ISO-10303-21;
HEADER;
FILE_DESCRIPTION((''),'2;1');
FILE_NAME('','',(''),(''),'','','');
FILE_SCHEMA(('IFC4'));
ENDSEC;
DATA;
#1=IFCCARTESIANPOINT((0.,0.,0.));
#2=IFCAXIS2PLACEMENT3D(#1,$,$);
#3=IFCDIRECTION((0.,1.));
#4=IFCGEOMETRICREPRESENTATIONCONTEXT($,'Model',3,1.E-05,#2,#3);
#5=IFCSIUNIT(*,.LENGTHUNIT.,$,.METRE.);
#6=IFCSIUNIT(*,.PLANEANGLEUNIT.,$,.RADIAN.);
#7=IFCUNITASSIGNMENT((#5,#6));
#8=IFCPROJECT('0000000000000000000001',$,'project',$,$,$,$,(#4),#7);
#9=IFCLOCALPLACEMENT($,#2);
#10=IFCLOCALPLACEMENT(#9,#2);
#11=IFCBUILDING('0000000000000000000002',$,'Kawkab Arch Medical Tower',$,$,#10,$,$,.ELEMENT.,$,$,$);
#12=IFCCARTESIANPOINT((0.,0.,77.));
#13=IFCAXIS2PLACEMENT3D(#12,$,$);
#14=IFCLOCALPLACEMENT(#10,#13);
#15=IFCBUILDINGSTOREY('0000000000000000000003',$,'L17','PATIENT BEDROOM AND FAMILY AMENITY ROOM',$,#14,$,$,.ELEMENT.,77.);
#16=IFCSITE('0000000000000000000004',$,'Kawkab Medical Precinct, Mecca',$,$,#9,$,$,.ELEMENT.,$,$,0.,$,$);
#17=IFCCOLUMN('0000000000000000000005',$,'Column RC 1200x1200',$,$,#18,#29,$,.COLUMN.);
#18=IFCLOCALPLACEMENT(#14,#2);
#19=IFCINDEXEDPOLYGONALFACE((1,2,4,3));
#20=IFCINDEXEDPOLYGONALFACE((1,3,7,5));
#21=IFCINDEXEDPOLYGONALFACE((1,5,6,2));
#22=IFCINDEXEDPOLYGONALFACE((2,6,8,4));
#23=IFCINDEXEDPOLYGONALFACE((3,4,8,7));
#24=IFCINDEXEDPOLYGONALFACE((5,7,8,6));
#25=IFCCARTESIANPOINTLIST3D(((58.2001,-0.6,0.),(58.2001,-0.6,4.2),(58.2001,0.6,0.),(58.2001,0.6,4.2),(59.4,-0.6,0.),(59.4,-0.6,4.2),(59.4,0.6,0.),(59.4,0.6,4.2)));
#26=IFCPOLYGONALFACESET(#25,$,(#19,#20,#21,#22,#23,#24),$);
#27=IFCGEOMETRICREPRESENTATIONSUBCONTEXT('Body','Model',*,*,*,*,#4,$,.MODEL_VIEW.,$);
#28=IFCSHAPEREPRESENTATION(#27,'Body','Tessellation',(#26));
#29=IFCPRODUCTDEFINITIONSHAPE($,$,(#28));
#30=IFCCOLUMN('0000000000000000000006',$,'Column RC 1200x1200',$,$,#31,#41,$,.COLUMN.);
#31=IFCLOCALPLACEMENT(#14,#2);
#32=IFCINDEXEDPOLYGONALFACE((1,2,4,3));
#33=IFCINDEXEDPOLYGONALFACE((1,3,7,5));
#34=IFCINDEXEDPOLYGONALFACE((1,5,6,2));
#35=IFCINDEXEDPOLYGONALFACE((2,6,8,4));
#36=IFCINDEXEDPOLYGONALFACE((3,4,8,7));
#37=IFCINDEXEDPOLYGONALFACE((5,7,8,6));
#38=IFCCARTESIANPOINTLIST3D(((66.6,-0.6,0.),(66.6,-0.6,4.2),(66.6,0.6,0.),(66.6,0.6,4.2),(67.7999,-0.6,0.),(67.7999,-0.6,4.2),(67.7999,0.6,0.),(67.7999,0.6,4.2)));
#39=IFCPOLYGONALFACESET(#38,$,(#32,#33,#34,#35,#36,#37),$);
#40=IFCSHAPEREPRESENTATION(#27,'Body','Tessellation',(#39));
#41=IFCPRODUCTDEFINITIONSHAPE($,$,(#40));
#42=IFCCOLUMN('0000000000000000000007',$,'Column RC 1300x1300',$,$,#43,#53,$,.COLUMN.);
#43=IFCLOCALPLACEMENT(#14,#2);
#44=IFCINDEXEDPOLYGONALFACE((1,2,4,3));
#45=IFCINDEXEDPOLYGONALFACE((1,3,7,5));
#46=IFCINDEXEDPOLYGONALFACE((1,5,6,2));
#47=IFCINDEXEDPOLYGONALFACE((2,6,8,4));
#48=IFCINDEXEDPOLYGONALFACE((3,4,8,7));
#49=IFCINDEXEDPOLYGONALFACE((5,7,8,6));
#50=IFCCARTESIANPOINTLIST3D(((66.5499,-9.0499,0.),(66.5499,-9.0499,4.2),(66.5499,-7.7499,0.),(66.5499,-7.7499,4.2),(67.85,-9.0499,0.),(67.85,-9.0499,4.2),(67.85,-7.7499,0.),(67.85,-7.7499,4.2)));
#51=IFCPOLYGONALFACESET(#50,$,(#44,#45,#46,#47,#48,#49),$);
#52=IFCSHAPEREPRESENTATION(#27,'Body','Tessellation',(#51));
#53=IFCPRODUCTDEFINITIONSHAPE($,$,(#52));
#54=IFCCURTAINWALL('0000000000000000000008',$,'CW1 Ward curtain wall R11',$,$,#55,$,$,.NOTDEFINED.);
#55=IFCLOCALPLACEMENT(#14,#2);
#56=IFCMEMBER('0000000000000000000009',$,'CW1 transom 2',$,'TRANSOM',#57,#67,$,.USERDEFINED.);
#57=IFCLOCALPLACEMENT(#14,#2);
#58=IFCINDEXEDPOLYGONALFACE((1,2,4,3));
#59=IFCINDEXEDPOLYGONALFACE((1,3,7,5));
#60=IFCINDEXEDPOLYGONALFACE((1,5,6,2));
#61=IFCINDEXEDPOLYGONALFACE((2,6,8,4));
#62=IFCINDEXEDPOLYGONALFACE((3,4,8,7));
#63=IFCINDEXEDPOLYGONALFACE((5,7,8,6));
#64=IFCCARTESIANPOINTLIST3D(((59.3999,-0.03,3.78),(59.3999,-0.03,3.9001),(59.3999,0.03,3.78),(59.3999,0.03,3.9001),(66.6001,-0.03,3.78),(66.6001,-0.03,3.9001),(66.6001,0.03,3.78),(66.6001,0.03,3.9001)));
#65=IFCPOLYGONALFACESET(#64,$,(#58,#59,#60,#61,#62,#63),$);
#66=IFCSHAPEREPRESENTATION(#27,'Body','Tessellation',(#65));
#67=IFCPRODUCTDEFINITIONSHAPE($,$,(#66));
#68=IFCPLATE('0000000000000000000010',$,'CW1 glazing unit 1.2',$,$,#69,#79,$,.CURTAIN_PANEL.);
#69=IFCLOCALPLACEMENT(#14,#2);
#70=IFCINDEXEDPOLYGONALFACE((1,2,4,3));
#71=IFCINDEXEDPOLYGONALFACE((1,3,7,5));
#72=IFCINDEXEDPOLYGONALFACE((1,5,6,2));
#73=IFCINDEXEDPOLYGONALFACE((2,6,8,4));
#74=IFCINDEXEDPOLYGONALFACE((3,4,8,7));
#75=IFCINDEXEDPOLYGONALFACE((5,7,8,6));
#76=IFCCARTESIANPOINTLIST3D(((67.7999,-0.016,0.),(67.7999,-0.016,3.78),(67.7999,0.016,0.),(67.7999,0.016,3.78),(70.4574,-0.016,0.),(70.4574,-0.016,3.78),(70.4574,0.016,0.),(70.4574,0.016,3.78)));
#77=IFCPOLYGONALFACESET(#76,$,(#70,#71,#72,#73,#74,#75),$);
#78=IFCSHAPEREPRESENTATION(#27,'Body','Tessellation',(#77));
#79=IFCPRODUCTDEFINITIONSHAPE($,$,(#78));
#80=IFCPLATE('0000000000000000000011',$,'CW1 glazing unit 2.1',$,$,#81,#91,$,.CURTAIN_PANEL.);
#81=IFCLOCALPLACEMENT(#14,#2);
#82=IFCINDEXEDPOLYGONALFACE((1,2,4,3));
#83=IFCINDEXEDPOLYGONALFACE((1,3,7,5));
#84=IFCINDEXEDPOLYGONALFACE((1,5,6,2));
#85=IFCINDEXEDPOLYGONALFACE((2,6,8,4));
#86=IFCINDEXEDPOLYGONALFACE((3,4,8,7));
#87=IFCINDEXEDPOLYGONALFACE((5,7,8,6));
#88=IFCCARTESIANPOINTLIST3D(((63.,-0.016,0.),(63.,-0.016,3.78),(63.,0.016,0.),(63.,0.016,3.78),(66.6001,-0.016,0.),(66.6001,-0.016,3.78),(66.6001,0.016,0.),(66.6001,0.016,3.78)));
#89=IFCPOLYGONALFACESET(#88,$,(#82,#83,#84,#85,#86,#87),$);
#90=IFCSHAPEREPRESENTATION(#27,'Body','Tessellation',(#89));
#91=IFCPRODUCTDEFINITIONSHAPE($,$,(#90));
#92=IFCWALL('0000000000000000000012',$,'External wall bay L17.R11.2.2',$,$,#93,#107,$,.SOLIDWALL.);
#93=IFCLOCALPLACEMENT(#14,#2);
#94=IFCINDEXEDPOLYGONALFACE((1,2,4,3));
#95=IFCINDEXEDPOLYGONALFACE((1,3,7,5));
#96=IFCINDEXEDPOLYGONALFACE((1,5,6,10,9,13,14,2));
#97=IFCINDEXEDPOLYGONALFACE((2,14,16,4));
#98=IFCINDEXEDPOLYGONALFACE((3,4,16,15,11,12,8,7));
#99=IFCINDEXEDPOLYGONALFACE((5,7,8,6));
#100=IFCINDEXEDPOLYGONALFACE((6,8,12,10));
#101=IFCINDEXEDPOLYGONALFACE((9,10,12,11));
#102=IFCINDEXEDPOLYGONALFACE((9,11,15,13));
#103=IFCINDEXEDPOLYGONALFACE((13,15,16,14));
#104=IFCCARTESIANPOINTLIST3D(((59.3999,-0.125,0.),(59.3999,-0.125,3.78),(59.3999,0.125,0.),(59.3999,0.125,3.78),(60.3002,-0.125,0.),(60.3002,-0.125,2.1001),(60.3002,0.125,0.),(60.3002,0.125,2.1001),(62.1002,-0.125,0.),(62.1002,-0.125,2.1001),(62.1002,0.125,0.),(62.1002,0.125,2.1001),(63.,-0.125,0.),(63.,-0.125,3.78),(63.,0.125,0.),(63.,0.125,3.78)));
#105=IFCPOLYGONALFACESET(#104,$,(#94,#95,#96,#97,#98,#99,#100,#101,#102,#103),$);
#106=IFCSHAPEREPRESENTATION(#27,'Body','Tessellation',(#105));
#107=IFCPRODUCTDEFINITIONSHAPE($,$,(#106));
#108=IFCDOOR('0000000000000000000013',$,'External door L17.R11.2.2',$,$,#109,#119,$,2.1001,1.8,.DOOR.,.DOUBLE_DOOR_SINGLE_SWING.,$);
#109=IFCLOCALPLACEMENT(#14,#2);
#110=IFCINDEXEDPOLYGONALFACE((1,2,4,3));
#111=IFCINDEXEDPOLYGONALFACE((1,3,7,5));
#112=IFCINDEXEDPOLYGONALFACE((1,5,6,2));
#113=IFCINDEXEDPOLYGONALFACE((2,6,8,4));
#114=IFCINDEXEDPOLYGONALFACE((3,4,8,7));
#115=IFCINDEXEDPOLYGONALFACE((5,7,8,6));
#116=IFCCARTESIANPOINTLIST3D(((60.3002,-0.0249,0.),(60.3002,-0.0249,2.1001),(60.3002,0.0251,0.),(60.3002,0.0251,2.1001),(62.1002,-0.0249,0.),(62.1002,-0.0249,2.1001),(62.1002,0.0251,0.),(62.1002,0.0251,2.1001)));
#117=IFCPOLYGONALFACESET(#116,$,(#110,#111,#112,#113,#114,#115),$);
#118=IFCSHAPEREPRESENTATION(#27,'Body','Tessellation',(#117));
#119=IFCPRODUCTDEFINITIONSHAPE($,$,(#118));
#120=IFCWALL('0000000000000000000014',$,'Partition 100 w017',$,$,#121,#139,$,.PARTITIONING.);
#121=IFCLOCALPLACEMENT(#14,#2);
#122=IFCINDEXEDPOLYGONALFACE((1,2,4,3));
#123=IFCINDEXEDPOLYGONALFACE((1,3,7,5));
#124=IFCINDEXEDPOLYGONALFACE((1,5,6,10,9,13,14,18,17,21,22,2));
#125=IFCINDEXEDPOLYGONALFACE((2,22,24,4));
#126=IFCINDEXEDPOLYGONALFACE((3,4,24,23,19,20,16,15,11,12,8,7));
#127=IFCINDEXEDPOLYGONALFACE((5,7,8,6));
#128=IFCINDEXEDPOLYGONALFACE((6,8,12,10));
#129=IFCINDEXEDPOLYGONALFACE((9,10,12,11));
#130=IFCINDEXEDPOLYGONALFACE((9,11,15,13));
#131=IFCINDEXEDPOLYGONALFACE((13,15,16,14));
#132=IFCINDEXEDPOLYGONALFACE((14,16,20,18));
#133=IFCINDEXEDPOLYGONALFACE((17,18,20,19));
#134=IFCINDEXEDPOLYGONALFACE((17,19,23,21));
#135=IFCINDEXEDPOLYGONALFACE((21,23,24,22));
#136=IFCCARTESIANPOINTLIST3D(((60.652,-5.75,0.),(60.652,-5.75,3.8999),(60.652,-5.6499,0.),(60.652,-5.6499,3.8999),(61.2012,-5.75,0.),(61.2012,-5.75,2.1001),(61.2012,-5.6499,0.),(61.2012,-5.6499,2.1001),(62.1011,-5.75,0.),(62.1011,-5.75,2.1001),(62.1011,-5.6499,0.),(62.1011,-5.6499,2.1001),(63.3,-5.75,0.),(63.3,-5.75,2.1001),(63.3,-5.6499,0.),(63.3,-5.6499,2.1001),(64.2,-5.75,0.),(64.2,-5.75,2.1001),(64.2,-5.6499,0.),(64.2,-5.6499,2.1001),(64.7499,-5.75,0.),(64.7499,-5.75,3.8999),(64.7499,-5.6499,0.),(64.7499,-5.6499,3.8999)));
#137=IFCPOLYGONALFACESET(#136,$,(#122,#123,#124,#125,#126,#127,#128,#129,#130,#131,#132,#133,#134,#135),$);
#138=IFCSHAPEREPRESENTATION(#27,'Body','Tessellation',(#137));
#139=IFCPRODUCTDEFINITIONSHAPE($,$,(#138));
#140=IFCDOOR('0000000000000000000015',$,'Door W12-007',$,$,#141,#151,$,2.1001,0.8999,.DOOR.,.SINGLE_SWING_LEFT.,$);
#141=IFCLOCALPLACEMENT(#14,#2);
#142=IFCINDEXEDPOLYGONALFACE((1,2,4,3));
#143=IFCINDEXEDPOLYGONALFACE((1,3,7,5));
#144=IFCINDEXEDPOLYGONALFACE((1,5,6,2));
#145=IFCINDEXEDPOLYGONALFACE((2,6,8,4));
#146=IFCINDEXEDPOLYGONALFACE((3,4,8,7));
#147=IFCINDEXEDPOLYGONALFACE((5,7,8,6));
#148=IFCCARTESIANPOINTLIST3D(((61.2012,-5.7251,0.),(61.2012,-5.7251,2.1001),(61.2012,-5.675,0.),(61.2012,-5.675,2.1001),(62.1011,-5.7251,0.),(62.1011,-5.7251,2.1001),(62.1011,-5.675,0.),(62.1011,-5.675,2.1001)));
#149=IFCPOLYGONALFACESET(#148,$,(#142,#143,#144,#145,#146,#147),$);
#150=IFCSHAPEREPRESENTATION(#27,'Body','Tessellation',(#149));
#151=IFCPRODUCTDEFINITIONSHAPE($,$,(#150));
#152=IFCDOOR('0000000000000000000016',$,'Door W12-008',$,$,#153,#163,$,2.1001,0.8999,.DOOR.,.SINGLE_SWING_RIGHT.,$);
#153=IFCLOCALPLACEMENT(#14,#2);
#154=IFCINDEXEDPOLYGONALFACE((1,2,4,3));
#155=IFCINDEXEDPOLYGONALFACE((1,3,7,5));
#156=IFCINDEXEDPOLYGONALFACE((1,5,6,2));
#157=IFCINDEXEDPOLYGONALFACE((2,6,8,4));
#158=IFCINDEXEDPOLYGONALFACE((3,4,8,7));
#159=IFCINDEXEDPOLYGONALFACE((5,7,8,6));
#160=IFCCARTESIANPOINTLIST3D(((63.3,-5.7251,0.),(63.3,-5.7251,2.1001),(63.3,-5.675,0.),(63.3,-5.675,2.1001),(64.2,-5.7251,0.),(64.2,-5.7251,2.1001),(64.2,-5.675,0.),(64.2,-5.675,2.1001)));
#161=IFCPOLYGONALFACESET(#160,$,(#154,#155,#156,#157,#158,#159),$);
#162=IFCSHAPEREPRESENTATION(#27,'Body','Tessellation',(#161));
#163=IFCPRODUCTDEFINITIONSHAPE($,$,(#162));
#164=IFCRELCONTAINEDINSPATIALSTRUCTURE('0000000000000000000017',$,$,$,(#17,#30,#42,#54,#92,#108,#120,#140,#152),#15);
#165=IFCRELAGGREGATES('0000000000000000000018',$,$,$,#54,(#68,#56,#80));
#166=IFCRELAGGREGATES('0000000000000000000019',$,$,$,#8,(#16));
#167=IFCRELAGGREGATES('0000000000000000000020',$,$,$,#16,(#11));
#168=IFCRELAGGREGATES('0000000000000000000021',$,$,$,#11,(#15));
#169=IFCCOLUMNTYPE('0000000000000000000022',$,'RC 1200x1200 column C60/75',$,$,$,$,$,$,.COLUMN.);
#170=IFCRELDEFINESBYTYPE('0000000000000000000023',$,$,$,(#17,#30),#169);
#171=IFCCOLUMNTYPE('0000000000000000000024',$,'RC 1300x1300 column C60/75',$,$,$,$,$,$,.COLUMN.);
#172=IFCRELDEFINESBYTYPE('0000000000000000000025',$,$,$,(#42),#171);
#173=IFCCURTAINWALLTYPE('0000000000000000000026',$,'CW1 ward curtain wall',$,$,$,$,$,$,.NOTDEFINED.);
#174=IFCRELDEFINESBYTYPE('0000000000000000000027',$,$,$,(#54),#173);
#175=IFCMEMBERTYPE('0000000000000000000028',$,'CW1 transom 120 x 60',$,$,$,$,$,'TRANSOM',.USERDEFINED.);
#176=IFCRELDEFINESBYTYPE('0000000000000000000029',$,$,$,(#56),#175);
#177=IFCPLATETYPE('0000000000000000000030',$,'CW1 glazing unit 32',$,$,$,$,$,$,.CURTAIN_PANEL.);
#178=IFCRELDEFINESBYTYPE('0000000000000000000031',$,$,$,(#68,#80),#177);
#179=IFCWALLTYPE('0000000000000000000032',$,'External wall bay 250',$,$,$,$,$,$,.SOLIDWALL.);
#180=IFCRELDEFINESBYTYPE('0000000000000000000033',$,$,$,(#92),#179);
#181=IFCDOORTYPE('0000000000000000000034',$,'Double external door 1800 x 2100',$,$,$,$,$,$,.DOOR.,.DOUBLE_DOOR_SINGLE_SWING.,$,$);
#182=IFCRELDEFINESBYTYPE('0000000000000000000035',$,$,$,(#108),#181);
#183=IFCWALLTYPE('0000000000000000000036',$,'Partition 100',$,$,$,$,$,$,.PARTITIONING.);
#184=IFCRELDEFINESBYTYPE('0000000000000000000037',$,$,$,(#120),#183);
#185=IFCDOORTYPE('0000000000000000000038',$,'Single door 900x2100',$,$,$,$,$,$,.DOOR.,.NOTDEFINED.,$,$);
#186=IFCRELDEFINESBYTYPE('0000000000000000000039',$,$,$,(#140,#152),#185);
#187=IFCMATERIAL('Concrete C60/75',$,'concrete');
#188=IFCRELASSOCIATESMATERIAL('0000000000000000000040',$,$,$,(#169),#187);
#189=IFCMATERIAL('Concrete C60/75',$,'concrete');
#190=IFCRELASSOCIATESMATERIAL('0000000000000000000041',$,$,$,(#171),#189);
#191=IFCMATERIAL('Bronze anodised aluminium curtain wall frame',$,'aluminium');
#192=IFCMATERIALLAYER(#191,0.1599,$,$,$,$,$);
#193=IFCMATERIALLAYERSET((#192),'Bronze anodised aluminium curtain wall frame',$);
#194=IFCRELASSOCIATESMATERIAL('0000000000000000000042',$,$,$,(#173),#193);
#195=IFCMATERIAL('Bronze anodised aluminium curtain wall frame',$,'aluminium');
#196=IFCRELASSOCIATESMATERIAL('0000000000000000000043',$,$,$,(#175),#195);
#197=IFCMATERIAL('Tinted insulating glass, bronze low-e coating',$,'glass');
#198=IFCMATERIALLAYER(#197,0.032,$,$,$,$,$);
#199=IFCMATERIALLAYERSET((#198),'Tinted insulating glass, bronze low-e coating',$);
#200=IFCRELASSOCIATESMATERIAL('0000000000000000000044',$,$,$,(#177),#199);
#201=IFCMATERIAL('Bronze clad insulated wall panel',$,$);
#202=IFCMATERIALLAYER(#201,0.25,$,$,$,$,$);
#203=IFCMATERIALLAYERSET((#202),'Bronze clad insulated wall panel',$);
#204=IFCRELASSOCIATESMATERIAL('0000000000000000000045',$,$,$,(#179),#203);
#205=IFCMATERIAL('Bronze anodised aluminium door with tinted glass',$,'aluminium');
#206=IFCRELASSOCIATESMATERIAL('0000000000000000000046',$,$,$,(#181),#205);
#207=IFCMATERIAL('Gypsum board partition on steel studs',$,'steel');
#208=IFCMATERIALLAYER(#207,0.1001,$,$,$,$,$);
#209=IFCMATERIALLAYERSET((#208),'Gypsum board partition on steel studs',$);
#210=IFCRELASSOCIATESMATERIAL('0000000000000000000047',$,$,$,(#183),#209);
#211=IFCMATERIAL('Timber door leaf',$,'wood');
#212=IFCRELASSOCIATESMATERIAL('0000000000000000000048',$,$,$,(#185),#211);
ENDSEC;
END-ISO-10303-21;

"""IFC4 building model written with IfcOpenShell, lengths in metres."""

from ifc_helpers import new_model, si_unit, direction, frame, frame_2d, origin, origin_2d, place, context, subcontext, project, spatial, rectangle, extrude, material, layer, layer_set, material_profile, profile_set, type_object, element, fill, aggregate, save


model = new_model("IFC4")

# Units and contexts
model_context = context("Model", 3, precision=1e-05, world=origin(), true_north=direction((0.0, 1.0)))
body_context = subcontext(model_context, "Body", "Model", "MODEL_VIEW")
ifc_project = project(units=[si_unit("LENGTHUNIT", "METRE"), si_unit("PLANEANGLEUNIT", "RADIAN")], contexts=[model_context])

# Site, building, storey
site_placement = place(None, origin())
site = spatial("IfcSite", under=ifc_project, at=site_placement, Name="Kawkab Medical Precinct, Mecca", CompositionType="ELEMENT", RefElevation=0.0)
building_placement = place(site_placement, origin())
building = spatial("IfcBuilding", under=site, at=building_placement, Name="Kawkab Arch Medical Tower", CompositionType="ELEMENT")
storey_placement = place(building_placement, frame((0.0, 0.0, 77.0)))
storey = spatial("IfcBuildingStorey", under=building, at=storey_placement, Name="L17", Description="PATIENT BEDROOM AND FAMILY AMENITY ROOM", CompositionType="ELEMENT", Elevation=77.0)

# Columns
ifc_material_1 = material(Name="Concrete C60/75", Category="concrete")
ifc_material_profile_1 = material_profile(ifc_material_1, rectangle(XDim=1.2, YDim=1.2, at=origin_2d()), Name="RC 1200x1200")
ifc_profile_set_1 = profile_set([ifc_material_profile_1], Name="Concrete C60/75")
column_type_1 = type_object("IfcColumnType", Name="RC 1200x1200 column C60/75", PredefinedType="COLUMN", material=ifc_profile_set_1)
for number, where, z_axis, x_axis, name in (
    (1, (58.8, 0.0, 0.0), (0.0, 0.0, 1.0), (1.0, 0.0, 0.0), "Column RC 1200x1200"),
    (2, (67.2, 0.0, 0.0), (0.0, 0.0, 1.0), (1.0, 0.0, 0.0), "Column RC 1200x1200"),
):
    element("IfcColumn", number, at=place(storey_placement, frame(where, z_axis=z_axis, x_axis=x_axis)), inside=storey, type_object=column_type_1, Name=name, PredefinedType="COLUMN", context=body_context, shape_type="SweptSolid", body=[
        extrude(rectangle(XDim=1.2, YDim=1.2, at=origin_2d()), origin(), (0.0, 0.0, 1.0), 4.2),
    ])
ifc_material_2 = material(Name="Concrete C60/75", Category="concrete")
ifc_material_profile_2 = material_profile(ifc_material_2, rectangle(XDim=1.3, YDim=1.3, at=origin_2d()), Name="RC 1300x1300")
ifc_profile_set_2 = profile_set([ifc_material_profile_2], Name="Concrete C60/75")
column_type_2 = type_object("IfcColumnType", Name="RC 1300x1300 column C60/75", PredefinedType="COLUMN", material=ifc_profile_set_2)
column_placement = place(storey_placement, frame((67.2, -8.3999, 0.0), z_axis=(0.0, 0.0, 1.0), x_axis=(1.0, 0.0, 0.0)))
element("IfcColumn", 3, at=column_placement, inside=storey, type_object=column_type_2, Name="Column RC 1300x1300", PredefinedType="COLUMN", context=body_context, shape_type="SweptSolid", body=[
    extrude(rectangle(XDim=1.3, YDim=1.3, at=origin_2d()), origin(), (0.0, 0.0, 1.0), 4.2),
])

# Curtain wall, member, plates
ifc_material_3 = material(Name="Bronze anodised aluminium curtain wall frame", Category="aluminium")
ifc_layer_1 = layer(ifc_material_3, 0.1599)
ifc_layer_set_1 = layer_set([ifc_layer_1], Name="Bronze anodised aluminium curtain wall frame")
curtain_wall_type = type_object("IfcCurtainWallType", Name="CW1 ward curtain wall", PredefinedType="NOTDEFINED", material=ifc_layer_set_1)
curtain_wall_placement = place(storey_placement, origin())
curtain_wall = element("IfcCurtainWall", 4, at=curtain_wall_placement, inside=storey, type_object=curtain_wall_type, Name="CW1 Ward curtain wall R11", PredefinedType="NOTDEFINED")
ifc_material_4 = material(Name="Bronze anodised aluminium curtain wall frame", Category="aluminium")
ifc_material_profile_3 = material_profile(ifc_material_4, rectangle(XDim=0.0601, YDim=0.1201, at=origin_2d()), Name="AL 60x120")
ifc_profile_set_3 = profile_set([ifc_material_profile_3], Name="Bronze anodised aluminium curtain wall frame")
member_type = type_object("IfcMemberType", Name="CW1 transom 120 x 60", ElementType="TRANSOM", PredefinedType="USERDEFINED", material=ifc_profile_set_3)
member_placement = place(storey_placement, frame((66.6001, 0.0, 3.8401), z_axis=(-1.0, 0.0, 0.0), x_axis=(0.0, -1.0, 0.0)))
member = element("IfcMember", 5, at=member_placement, type_object=member_type, Name="CW1 transom 2", ObjectType="TRANSOM", PredefinedType="USERDEFINED", context=body_context, shape_type="SweptSolid", body=[
    extrude(rectangle(XDim=0.0601, YDim=0.1201, at=origin_2d()), origin(), (0.0, 0.0, 1.0), 7.2002),
])
ifc_material_5 = material(Name="Tinted insulating glass, bronze low-e coating", Category="glass")
ifc_layer_2 = layer(ifc_material_5, 0.032)
ifc_layer_set_2 = layer_set([ifc_layer_2], Name="Tinted insulating glass, bronze low-e coating")
plate_type = type_object("IfcPlateType", Name="CW1 glazing unit 32", PredefinedType="CURTAIN_PANEL", material=ifc_layer_set_2)
plate_1_placement = place(storey_placement, frame((69.1287, 0.0, 0.0), z_axis=(0.0, 0.0, 1.0), x_axis=(-1.0, 0.0, 0.0)))
plate_1 = element("IfcPlate", 6, at=plate_1_placement, type_object=plate_type, Name="CW1 glazing unit 1.2", PredefinedType="CURTAIN_PANEL", context=body_context, shape_type="SweptSolid", body=[
    extrude(rectangle(XDim=2.6575, YDim=0.032, at=origin_2d()), origin(), (0.0, 0.0, 1.0), 3.78),
])
plate_2_placement = place(storey_placement, frame((64.8, 0.0, 0.0), z_axis=(0.0, 0.0, 1.0), x_axis=(-1.0, 0.0, 0.0)))
plate_2 = element("IfcPlate", 7, at=plate_2_placement, type_object=plate_type, Name="CW1 glazing unit 2.1", PredefinedType="CURTAIN_PANEL", context=body_context, shape_type="SweptSolid", body=[
    extrude(rectangle(XDim=3.6001, YDim=0.032, at=origin_2d()), origin(), (0.0, 0.0, 1.0), 3.78),
])
aggregate(curtain_wall, [plate_1, member, plate_2])

# Wall, opening, door
ifc_material_6 = material(Name="Bronze clad insulated wall panel")
ifc_layer_3 = layer(ifc_material_6, 0.25)
ifc_layer_set_3 = layer_set([ifc_layer_3], Name="Bronze clad insulated wall panel")
wall_type_1 = type_object("IfcWallType", Name="External wall bay 250", PredefinedType="SOLIDWALL", material=ifc_layer_set_3)
wall_1_placement = place(storey_placement, frame((63.0, 0.0, 0.0), z_axis=(0.0, 0.0, 1.0), x_axis=(-1.0, 0.0, 0.0)))
wall_1 = element("IfcWall", 8, at=wall_1_placement, inside=storey, type_object=wall_type_1, Name="External wall bay L17.R11.2.2", PredefinedType="SOLIDWALL", context=body_context, shape_type="SweptSolid", body=[
    extrude(rectangle(XDim=3.6001, YDim=0.25, at=frame_2d((1.8, 0.0))), origin(), (0.0, 0.0, 1.0), 3.78),
])
opening_1_placement = place(wall_1_placement, frame((0.8999, 0.0, 0.0)))
opening_1 = element("IfcOpeningElement", 9, at=opening_1_placement, cuts=wall_1, PredefinedType="OPENING", context=body_context, shape_type="SweptSolid", body=[
    extrude(rectangle(XDim=1.8, YDim=2.1001, at=frame_2d((0.8999, 1.05))), frame((0.0, 0.135, 0.0), z_axis=(0.0, -1.0, 0.0), x_axis=(1.0, 0.0, 0.0)), (0.0, 0.0, 1.0), 0.27),
])
ifc_material_7 = material(Name="Bronze anodised aluminium door with tinted glass", Category="aluminium")
door_type_1 = type_object("IfcDoorType", Name="Double external door 1800 x 2100", OperationType="DOUBLE_DOOR_SINGLE_SWING", PredefinedType="DOOR", material=ifc_material_7)
door_1_placement = place(opening_1_placement, origin())
door_1 = element("IfcDoor", 10, at=door_1_placement, inside=storey, type_object=door_type_1, Name="External door L17.R11.2.2", OperationType="DOUBLE_DOOR_SINGLE_SWING", OverallHeight=2.1001, OverallWidth=1.8, PredefinedType="DOOR", context=body_context, shape_type="SweptSolid", body=[
    extrude(rectangle(XDim=1.8, YDim=2.1001, at=frame_2d((0.8999, 1.05))), frame((0.0, 0.0249, 0.0), z_axis=(0.0, -1.0, 0.0), x_axis=(1.0, 0.0, 0.0)), (0.0, 0.0, 1.0), 0.05),
])
fill(opening_1, door_1)

# Wall, openings, doors
ifc_material_8 = material(Name="Gypsum board partition on steel studs", Category="steel")
ifc_layer_4 = layer(ifc_material_8, 0.1001)
ifc_layer_set_4 = layer_set([ifc_layer_4], Name="Gypsum board partition on steel studs")
wall_type_2 = type_object("IfcWallType", Name="Partition 100", PredefinedType="PARTITIONING", material=ifc_layer_set_4)
wall_2_placement = place(storey_placement, frame((60.6521, -5.7, 0.0), z_axis=(0.0, 0.0, 1.0), x_axis=(1.0, 0.0, 0.0)))
wall_2 = element("IfcWall", 11, at=wall_2_placement, inside=storey, type_object=wall_type_2, Name="Partition 100 w017", PredefinedType="PARTITIONING", context=body_context, shape_type="SweptSolid", body=[
    extrude(rectangle(XDim=4.0979, YDim=0.1001, at=frame_2d((2.0488, 0.0))), origin(), (0.0, 0.0, 1.0), 3.8999),
])
opening_2_placement = place(wall_2_placement, frame((0.5491, 0.0, 0.0)))
opening_2 = element("IfcOpeningElement", 12, at=opening_2_placement, cuts=wall_2, PredefinedType="OPENING", context=body_context, shape_type="SweptSolid", body=[
    extrude(rectangle(XDim=0.8999, YDim=2.1001, at=frame_2d((0.45, 1.05))), frame((0.0, 0.0601, 0.0), z_axis=(0.0, -1.0, 0.0), x_axis=(1.0, 0.0, 0.0)), (0.0, 0.0, 1.0), 0.1201),
])
opening_3_placement = place(wall_2_placement, frame((2.6479, 0.0, 0.0)))
opening_3 = element("IfcOpeningElement", 13, at=opening_3_placement, cuts=wall_2, PredefinedType="OPENING", context=body_context, shape_type="SweptSolid", body=[
    extrude(rectangle(XDim=0.8999, YDim=2.1001, at=frame_2d((0.45, 1.05))), frame((0.0, 0.0601, 0.0), z_axis=(0.0, -1.0, 0.0), x_axis=(1.0, 0.0, 0.0)), (0.0, 0.0, 1.0), 0.1201),
])
ifc_material_9 = material(Name="Timber door leaf", Category="wood")
door_type_2 = type_object("IfcDoorType", Name="Single door 900x2100", OperationType="NOTDEFINED", PredefinedType="DOOR", material=ifc_material_9)
door_2_placement = place(opening_2_placement, origin())
door_2 = element("IfcDoor", 14, at=door_2_placement, inside=storey, type_object=door_type_2, Name="Door W12-007", OperationType="SINGLE_SWING_LEFT", OverallHeight=2.1001, OverallWidth=0.8999, PredefinedType="DOOR", context=body_context, shape_type="SweptSolid", body=[
    extrude(rectangle(XDim=0.8999, YDim=2.1001, at=frame_2d((0.45, 1.05))), frame((0.0, 0.0249, 0.0), z_axis=(0.0, -1.0, 0.0), x_axis=(1.0, 0.0, 0.0)), (0.0, 0.0, 1.0), 0.05),
])
fill(opening_2, door_2)
door_3_placement = place(opening_3_placement, origin())
door_3 = element("IfcDoor", 15, at=door_3_placement, inside=storey, type_object=door_type_2, Name="Door W12-008", OperationType="SINGLE_SWING_RIGHT", OverallHeight=2.1001, OverallWidth=0.8999, PredefinedType="DOOR", context=body_context, shape_type="SweptSolid", body=[
    extrude(rectangle(XDim=0.8999, YDim=2.1001, at=frame_2d((0.45, 1.05))), frame((0.0, 0.0249, 0.0), z_axis=(0.0, -1.0, 0.0), x_axis=(1.0, 0.0, 0.0)), (0.0, 0.0, 1.0), 0.05),
])
fill(opening_3, door_3)

save(model, "model.ifc")
